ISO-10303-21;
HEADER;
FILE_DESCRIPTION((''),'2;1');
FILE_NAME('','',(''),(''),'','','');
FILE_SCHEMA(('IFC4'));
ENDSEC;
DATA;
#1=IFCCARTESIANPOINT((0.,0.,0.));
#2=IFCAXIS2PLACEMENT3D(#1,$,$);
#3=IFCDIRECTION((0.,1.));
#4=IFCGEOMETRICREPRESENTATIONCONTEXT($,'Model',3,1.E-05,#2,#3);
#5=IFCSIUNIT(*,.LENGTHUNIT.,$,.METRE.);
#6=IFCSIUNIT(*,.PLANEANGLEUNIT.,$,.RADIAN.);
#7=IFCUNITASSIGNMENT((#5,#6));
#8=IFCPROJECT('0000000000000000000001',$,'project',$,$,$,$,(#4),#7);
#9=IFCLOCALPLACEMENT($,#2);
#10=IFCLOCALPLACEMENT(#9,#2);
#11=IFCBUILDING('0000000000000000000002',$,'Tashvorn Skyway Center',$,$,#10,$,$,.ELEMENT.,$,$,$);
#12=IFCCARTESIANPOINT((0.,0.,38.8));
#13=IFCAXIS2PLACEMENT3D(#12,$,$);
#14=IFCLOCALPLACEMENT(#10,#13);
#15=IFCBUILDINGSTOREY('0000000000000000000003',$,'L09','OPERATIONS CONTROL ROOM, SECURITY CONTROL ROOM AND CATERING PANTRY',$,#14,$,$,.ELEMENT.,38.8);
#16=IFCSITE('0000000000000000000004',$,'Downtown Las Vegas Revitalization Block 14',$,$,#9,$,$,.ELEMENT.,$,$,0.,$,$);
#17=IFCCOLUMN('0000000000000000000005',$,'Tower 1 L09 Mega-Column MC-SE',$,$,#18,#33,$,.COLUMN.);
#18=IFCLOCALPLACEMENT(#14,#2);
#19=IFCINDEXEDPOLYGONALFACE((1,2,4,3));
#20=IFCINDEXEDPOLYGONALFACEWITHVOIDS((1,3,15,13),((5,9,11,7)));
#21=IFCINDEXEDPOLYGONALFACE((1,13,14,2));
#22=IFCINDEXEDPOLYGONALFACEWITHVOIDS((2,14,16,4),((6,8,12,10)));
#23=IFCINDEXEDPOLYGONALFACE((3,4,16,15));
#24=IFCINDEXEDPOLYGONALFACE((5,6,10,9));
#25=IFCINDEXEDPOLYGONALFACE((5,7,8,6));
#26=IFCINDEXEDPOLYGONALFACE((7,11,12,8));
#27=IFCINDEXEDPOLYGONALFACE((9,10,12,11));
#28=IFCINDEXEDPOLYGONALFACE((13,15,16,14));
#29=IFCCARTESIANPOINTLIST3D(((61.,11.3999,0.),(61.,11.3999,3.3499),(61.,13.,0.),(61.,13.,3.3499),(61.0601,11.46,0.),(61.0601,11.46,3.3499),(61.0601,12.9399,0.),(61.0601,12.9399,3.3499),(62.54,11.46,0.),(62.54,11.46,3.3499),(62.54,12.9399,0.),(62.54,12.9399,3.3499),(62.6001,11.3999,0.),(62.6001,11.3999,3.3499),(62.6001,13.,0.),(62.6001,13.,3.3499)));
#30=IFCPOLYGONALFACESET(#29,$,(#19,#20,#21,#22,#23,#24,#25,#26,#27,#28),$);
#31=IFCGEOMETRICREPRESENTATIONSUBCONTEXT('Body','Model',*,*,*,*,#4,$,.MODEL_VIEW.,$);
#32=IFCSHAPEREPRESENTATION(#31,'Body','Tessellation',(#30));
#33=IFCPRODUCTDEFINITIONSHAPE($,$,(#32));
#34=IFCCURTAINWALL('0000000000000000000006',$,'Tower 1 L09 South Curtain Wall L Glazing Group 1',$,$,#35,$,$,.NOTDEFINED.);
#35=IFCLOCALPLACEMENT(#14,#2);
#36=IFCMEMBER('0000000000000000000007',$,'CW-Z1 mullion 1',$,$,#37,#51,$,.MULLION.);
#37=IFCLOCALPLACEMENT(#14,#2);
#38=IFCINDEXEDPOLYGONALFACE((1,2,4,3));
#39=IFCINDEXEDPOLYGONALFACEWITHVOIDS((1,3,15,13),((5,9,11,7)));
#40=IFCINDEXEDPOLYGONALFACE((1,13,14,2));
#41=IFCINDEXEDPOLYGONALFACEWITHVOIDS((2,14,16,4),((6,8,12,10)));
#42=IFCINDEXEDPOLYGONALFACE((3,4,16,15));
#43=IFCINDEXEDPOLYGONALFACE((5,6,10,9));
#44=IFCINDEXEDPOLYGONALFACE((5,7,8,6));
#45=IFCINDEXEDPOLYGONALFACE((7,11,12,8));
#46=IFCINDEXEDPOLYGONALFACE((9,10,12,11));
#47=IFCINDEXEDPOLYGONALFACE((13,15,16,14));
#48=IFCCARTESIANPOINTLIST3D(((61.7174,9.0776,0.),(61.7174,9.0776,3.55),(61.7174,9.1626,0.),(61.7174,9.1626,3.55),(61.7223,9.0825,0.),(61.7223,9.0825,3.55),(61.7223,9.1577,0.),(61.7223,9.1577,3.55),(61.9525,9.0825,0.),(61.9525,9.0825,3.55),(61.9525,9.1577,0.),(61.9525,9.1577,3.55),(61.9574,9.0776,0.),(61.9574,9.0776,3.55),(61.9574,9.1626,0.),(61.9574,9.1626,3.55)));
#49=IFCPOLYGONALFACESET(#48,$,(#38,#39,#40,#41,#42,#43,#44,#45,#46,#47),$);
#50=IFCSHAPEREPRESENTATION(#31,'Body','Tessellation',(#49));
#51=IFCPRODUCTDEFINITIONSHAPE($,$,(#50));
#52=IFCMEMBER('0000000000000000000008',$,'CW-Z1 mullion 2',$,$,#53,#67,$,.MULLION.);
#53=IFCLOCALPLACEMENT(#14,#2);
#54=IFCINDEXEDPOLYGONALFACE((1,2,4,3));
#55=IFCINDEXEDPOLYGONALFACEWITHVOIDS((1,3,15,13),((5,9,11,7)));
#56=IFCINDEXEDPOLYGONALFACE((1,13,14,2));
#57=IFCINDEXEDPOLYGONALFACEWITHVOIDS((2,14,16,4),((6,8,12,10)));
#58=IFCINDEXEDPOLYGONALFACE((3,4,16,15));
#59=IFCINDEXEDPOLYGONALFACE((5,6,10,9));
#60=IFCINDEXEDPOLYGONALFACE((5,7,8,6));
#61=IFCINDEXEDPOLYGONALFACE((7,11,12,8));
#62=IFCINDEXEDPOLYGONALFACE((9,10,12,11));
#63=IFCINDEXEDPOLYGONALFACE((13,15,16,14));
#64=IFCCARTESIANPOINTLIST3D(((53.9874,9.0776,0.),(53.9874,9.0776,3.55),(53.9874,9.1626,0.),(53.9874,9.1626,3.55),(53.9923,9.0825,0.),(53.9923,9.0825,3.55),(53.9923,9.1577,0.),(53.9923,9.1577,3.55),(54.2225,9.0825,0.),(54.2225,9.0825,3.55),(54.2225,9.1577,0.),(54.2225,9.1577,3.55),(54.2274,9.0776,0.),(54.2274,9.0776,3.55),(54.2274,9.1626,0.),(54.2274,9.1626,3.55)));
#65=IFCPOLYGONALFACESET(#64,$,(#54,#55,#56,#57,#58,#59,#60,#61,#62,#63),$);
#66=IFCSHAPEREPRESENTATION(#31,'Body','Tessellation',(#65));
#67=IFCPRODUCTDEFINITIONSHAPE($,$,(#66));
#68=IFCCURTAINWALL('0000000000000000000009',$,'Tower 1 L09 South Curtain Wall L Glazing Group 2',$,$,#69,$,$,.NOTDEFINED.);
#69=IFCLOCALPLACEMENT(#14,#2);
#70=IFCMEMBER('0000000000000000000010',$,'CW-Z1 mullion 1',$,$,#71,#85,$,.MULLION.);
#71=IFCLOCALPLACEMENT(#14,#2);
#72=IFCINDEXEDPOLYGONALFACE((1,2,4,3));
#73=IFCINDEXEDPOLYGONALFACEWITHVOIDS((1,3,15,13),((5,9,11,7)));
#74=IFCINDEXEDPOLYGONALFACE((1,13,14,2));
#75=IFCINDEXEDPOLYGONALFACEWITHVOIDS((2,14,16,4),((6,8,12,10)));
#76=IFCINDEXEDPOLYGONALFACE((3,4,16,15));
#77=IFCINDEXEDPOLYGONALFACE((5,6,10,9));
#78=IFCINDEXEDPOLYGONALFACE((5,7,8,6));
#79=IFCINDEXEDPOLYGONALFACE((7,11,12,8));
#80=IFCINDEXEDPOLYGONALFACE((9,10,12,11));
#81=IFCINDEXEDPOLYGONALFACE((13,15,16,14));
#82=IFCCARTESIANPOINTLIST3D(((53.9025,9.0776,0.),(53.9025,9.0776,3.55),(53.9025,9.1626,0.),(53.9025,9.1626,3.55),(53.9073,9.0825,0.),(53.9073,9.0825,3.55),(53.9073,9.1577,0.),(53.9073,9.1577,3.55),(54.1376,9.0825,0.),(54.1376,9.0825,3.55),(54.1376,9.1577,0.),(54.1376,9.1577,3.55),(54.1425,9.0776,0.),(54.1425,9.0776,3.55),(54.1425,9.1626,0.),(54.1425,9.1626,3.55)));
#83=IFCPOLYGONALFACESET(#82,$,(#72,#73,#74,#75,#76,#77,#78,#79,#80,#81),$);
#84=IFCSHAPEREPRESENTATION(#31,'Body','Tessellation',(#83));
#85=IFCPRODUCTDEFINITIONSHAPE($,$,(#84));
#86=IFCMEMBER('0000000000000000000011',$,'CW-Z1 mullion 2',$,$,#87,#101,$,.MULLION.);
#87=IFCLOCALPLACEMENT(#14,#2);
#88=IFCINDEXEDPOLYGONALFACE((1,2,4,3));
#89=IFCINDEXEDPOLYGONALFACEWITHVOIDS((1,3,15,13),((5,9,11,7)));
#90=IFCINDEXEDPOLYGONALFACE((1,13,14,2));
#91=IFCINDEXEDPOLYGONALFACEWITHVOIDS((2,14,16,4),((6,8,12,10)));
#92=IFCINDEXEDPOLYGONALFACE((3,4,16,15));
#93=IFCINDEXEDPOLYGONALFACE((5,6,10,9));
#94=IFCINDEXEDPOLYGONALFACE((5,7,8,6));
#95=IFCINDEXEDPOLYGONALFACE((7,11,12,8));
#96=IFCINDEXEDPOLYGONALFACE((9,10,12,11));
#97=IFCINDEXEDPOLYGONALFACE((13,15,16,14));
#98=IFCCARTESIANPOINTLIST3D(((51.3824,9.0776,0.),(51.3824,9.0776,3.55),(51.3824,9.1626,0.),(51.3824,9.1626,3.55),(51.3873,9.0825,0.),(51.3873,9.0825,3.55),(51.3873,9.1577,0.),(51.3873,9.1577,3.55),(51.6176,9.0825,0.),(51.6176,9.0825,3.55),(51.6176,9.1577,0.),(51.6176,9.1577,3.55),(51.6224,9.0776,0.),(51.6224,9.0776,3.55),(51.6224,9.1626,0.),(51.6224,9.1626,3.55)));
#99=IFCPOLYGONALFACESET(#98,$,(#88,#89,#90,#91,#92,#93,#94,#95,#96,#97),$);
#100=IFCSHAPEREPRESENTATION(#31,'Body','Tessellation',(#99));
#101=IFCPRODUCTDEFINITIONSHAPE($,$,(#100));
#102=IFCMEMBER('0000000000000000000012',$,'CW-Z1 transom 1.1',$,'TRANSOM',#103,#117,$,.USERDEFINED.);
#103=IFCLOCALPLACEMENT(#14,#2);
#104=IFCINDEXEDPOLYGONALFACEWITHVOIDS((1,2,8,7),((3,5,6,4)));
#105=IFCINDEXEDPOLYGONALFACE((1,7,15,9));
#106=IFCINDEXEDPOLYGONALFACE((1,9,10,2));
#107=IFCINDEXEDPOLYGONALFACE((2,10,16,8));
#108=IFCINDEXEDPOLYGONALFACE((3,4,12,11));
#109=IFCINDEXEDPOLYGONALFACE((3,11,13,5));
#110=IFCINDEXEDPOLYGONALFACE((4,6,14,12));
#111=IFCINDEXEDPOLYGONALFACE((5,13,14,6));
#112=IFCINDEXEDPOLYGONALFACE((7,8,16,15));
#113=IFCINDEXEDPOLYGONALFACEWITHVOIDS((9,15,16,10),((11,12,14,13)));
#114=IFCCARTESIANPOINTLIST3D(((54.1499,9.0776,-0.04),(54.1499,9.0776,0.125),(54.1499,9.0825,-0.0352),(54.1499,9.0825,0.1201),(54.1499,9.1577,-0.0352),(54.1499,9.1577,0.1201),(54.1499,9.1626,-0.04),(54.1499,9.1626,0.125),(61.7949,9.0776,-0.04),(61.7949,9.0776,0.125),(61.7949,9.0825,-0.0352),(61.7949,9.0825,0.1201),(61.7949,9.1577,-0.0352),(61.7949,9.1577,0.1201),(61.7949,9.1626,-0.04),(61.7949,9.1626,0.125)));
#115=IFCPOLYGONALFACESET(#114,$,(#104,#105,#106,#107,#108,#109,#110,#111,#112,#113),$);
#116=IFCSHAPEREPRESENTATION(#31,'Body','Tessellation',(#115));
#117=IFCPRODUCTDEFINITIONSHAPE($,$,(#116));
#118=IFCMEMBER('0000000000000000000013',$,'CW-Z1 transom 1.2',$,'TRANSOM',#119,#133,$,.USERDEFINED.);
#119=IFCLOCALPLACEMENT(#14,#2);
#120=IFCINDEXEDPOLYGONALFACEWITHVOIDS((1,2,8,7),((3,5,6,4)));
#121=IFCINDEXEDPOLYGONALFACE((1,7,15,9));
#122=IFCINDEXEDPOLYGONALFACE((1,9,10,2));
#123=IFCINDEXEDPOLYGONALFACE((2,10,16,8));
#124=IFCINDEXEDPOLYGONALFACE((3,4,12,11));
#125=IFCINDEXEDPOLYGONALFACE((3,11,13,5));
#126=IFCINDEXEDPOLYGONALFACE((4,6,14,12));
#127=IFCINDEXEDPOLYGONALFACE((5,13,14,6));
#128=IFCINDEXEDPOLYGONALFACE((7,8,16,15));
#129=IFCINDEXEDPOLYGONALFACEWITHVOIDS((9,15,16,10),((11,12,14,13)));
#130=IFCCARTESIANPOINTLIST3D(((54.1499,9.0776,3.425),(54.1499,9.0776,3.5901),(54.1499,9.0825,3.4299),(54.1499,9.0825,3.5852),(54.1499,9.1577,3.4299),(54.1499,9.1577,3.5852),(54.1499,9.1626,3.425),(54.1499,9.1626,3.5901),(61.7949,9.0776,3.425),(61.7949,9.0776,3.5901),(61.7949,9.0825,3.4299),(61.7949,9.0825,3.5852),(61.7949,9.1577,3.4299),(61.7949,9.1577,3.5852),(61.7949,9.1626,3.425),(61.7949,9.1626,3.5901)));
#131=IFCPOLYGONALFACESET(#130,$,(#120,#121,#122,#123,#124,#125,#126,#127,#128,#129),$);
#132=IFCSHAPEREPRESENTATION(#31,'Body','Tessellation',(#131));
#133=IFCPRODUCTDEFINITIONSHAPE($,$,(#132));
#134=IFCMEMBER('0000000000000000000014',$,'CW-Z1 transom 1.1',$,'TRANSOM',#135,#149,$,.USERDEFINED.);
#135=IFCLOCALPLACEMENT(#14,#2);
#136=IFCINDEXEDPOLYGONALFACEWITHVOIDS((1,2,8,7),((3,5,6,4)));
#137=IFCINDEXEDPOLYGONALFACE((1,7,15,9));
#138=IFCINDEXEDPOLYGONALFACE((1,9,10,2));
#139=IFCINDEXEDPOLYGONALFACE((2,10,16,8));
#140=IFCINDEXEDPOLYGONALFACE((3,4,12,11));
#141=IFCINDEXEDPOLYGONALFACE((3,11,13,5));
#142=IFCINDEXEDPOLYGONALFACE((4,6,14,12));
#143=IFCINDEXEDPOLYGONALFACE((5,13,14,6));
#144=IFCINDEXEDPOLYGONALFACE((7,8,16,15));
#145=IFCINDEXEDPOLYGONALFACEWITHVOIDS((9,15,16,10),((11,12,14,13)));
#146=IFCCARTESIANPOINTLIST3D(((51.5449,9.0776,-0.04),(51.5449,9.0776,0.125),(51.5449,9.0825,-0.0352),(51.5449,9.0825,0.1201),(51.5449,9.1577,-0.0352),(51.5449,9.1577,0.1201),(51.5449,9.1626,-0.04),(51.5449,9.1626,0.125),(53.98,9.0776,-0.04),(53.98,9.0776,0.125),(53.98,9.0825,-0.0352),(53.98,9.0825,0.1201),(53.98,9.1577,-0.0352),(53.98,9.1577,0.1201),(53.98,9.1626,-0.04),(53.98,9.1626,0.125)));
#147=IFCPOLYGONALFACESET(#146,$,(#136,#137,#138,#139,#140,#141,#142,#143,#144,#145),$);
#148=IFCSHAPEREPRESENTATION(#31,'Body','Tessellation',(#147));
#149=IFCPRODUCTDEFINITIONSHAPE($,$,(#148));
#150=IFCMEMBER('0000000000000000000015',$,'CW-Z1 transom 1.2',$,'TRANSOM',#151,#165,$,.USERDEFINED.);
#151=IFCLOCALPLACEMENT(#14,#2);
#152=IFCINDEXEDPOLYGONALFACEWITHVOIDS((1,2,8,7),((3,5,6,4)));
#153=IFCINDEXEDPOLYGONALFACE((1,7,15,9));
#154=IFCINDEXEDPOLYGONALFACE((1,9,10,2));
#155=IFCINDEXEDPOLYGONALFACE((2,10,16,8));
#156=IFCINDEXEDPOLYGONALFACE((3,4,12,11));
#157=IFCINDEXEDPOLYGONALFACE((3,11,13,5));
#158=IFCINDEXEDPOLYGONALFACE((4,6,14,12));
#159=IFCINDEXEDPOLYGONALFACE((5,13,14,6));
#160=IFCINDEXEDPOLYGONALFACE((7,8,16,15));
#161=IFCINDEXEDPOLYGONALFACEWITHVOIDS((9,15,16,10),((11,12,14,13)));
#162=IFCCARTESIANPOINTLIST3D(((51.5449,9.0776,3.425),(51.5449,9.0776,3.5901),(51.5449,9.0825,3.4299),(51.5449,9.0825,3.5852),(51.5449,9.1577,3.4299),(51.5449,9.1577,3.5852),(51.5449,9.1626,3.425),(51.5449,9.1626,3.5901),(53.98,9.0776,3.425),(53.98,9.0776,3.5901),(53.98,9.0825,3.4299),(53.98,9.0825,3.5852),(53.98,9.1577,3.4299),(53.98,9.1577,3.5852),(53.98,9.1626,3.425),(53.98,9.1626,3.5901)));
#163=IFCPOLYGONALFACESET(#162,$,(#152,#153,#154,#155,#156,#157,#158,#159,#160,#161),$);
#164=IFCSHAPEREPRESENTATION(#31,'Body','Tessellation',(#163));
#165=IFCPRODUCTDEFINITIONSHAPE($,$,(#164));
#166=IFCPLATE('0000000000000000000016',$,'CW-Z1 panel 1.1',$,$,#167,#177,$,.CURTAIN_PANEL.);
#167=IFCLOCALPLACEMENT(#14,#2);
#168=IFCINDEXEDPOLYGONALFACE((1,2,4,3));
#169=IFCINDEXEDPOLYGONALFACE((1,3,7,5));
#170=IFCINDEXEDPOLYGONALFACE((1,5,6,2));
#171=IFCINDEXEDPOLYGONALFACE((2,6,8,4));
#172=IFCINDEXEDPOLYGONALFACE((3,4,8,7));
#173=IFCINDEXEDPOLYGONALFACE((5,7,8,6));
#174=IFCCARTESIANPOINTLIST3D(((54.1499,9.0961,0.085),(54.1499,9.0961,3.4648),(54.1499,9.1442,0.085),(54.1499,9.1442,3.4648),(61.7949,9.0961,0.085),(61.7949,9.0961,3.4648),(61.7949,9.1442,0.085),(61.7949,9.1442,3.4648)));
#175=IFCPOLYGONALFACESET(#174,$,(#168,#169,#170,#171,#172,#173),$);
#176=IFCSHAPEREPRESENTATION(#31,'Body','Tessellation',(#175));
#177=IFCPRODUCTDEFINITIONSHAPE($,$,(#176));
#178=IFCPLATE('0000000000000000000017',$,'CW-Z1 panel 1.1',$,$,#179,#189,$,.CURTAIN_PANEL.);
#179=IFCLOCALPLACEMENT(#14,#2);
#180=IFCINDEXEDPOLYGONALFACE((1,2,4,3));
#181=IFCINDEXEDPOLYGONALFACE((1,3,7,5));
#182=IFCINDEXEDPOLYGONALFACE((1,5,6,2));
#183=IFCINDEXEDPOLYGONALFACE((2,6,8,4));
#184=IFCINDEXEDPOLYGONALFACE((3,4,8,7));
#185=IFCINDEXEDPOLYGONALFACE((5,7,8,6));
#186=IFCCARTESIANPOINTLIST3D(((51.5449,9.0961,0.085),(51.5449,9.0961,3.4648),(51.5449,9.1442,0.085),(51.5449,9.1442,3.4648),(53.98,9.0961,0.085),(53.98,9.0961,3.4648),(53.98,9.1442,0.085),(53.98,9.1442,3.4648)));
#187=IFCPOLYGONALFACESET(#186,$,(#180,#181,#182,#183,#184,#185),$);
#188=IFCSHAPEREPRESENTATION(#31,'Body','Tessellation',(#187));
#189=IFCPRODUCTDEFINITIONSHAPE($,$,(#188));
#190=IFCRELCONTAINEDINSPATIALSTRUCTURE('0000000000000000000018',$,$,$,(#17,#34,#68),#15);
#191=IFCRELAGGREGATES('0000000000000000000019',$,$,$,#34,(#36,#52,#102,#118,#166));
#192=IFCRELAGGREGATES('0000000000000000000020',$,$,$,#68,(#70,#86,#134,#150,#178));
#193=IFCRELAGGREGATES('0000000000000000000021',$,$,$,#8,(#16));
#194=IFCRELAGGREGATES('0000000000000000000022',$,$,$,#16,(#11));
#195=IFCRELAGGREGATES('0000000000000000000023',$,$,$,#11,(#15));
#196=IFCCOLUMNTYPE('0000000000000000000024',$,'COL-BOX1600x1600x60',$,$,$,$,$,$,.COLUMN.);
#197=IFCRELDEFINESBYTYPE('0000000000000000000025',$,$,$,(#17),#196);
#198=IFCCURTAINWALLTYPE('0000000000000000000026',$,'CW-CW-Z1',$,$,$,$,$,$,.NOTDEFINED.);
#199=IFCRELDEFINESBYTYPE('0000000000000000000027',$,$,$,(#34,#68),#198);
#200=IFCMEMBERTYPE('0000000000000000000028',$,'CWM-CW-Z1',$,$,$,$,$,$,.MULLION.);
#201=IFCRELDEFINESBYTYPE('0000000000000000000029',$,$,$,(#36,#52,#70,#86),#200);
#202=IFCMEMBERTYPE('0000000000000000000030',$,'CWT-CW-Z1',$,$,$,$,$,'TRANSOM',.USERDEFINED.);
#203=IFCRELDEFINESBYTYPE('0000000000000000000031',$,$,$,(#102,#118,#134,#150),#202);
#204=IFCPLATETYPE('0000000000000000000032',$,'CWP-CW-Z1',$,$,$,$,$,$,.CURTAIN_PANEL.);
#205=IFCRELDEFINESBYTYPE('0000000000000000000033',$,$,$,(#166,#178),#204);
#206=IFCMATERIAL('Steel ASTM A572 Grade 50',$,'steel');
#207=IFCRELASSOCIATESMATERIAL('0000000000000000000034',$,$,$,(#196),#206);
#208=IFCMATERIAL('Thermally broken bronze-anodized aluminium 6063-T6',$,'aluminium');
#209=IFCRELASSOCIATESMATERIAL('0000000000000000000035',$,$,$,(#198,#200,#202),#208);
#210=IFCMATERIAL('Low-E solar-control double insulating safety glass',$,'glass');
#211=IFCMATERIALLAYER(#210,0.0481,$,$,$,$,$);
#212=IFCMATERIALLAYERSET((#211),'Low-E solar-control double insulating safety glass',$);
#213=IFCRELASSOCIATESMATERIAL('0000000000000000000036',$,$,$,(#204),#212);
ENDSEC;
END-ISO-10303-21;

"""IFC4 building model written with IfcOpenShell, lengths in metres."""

from ifc_helpers import new_model, si_unit, direction, frame, origin, origin_2d, place, context, subcontext, project, spatial, rectangle, hollow_rectangle, extrude, material, layer, layer_set, material_profile, profile_set, type_object, element, aggregate, save


model = new_model("IFC4")

# Units and contexts
model_context = context("Model", 3, precision=1e-05, world=origin(), true_north=direction((0.0, 1.0)))
body_context = subcontext(model_context, "Body", "Model", "MODEL_VIEW")
ifc_project = project(units=[si_unit("LENGTHUNIT", "METRE"), si_unit("PLANEANGLEUNIT", "RADIAN")], contexts=[model_context])

# Site, building, storey
site_placement = place(None, origin())
site = spatial("IfcSite", under=ifc_project, at=site_placement, Name="Downtown Las Vegas Revitalization Block 14", CompositionType="ELEMENT", RefElevation=0.0)
building_placement = place(site_placement, origin())
building = spatial("IfcBuilding", under=site, at=building_placement, Name="Tashvorn Skyway Center", CompositionType="ELEMENT")
storey_placement = place(building_placement, frame((0.0, 0.0, 38.8)))
storey = spatial("IfcBuildingStorey", under=building, at=storey_placement, Name="L09", Description="OPERATIONS CONTROL ROOM, SECURITY CONTROL ROOM AND CATERING PANTRY", CompositionType="ELEMENT", Elevation=38.8)

# Column
ifc_material_1 = material(Name="Steel ASTM A572 Grade 50", Category="steel")
ifc_material_profile_1 = material_profile(ifc_material_1, hollow_rectangle(XDim=1.6001, YDim=1.6001, WallThickness=0.0601, at=origin_2d()), Name="BOX1600x1600x60")
ifc_profile_set_1 = profile_set([ifc_material_profile_1], Name="Steel ASTM A572 Grade 50")
column_type = type_object("IfcColumnType", Name="COL-BOX1600x1600x60", PredefinedType="COLUMN", material=ifc_profile_set_1)
column_placement = place(storey_placement, frame((61.8, 12.2, 0.0), z_axis=(0.0, 0.0, 1.0), x_axis=(1.0, 0.0, 0.0)))
element("IfcColumn", 1, at=column_placement, inside=storey, type_object=column_type, Name="Tower 1 L09 Mega-Column MC-SE", PredefinedType="COLUMN", context=body_context, shape_type="SweptSolid", body=[
    extrude(hollow_rectangle(XDim=1.6001, YDim=1.6001, WallThickness=0.0601, at=origin_2d()), origin(), (0.0, 0.0, 1.0), 3.3499),
])

# Curtain walls, members
ifc_material_2 = material(Name="Thermally broken bronze-anodized aluminium 6063-T6", Category="aluminium")
curtain_wall_type = type_object("IfcCurtainWallType", Name="CW-CW-Z1", PredefinedType="NOTDEFINED", material=ifc_material_2)
curtain_wall_1_placement = place(storey_placement, origin())
curtain_wall_1 = element("IfcCurtainWall", 2, at=curtain_wall_1_placement, inside=storey, type_object=curtain_wall_type, Name="Tower 1 L09 South Curtain Wall L Glazing Group 1", PredefinedType="NOTDEFINED")
ifc_material_profile_2 = material_profile(ifc_material_2, hollow_rectangle(XDim=0.085, YDim=0.24, WallThickness=0.0049, at=origin_2d()), Name="ALU-MULL-85x240")
ifc_profile_set_2 = profile_set([ifc_material_profile_2], Name="Thermally broken bronze-anodized aluminium 6063-T6")
member_type_1 = type_object("IfcMemberType", Name="CWM-CW-Z1", PredefinedType="MULLION", material=ifc_profile_set_2)
member_1_placement = place(storey_placement, frame((61.8374, 9.1201, 0.0), z_axis=(0.0, 0.0, 1.0), x_axis=(0.0, -1.0, 0.0)))
member_1 = element("IfcMember", 3, at=member_1_placement, type_object=member_type_1, Name="CW-Z1 mullion 1", PredefinedType="MULLION", context=body_context, shape_type="SweptSolid", body=[
    extrude(hollow_rectangle(XDim=0.085, YDim=0.24, WallThickness=0.0049, at=origin_2d()), origin(), (0.0, 0.0, 1.0), 3.55),
])
member_2_placement = place(storey_placement, frame((54.1074, 9.1201, 0.0), z_axis=(0.0, 0.0, 1.0), x_axis=(0.0, -1.0, 0.0)))
member_2 = element("IfcMember", 4, at=member_2_placement, type_object=member_type_1, Name="CW-Z1 mullion 2", PredefinedType="MULLION", context=body_context, shape_type="SweptSolid", body=[
    extrude(hollow_rectangle(XDim=0.085, YDim=0.24, WallThickness=0.0049, at=origin_2d()), origin(), (0.0, 0.0, 1.0), 3.55),
])
curtain_wall_2_placement = place(storey_placement, origin())
curtain_wall_2 = element("IfcCurtainWall", 5, at=curtain_wall_2_placement, inside=storey, type_object=curtain_wall_type, Name="Tower 1 L09 South Curtain Wall L Glazing Group 2", PredefinedType="NOTDEFINED")
member_3_placement = place(storey_placement, frame((54.0225, 9.1201, 0.0), z_axis=(0.0, 0.0, 1.0), x_axis=(0.0, -1.0, 0.0)))
member_3 = element("IfcMember", 6, at=member_3_placement, type_object=member_type_1, Name="CW-Z1 mullion 1", PredefinedType="MULLION", context=body_context, shape_type="SweptSolid", body=[
    extrude(hollow_rectangle(XDim=0.085, YDim=0.24, WallThickness=0.0049, at=origin_2d()), origin(), (0.0, 0.0, 1.0), 3.55),
])
member_4_placement = place(storey_placement, frame((51.5024, 9.1201, 0.0), z_axis=(0.0, 0.0, 1.0), x_axis=(0.0, -1.0, 0.0)))
member_4 = element("IfcMember", 7, at=member_4_placement, type_object=member_type_1, Name="CW-Z1 mullion 2", PredefinedType="MULLION", context=body_context, shape_type="SweptSolid", body=[
    extrude(hollow_rectangle(XDim=0.085, YDim=0.24, WallThickness=0.0049, at=origin_2d()), origin(), (0.0, 0.0, 1.0), 3.55),
])

# Members
ifc_material_profile_3 = material_profile(ifc_material_2, hollow_rectangle(XDim=0.085, YDim=0.165, WallThickness=0.0049, at=origin_2d()), Name="ALU-TRAN-85x165")
ifc_profile_set_3 = profile_set([ifc_material_profile_3], Name="Thermally broken bronze-anodized aluminium 6063-T6")
member_type_2 = type_object("IfcMemberType", Name="CWT-CW-Z1", ElementType="TRANSOM", PredefinedType="USERDEFINED", material=ifc_profile_set_3)
member_5_placement = place(storey_placement, frame((61.7949, 9.1201, 0.0425), z_axis=(-1.0, 0.0, 0.0), x_axis=(0.0, -1.0, 0.0)))
member_5 = element("IfcMember", 8, at=member_5_placement, type_object=member_type_2, Name="CW-Z1 transom 1.1", ObjectType="TRANSOM", PredefinedType="USERDEFINED", context=body_context, shape_type="SweptSolid", body=[
    extrude(hollow_rectangle(XDim=0.085, YDim=0.165, WallThickness=0.0049, at=origin_2d()), origin(), (0.0, 0.0, 1.0), 7.645),
])
member_6_placement = place(storey_placement, frame((61.7949, 9.1201, 3.5076), z_axis=(-1.0, 0.0, 0.0), x_axis=(0.0, -1.0, 0.0)))
member_6 = element("IfcMember", 9, at=member_6_placement, type_object=member_type_2, Name="CW-Z1 transom 1.2", ObjectType="TRANSOM", PredefinedType="USERDEFINED", context=body_context, shape_type="SweptSolid", body=[
    extrude(hollow_rectangle(XDim=0.085, YDim=0.165, WallThickness=0.0049, at=origin_2d()), origin(), (0.0, 0.0, 1.0), 7.645),
])
member_7_placement = place(storey_placement, frame((53.98, 9.1201, 0.0425), z_axis=(-1.0, 0.0, 0.0), x_axis=(0.0, -1.0, 0.0)))
member_7 = element("IfcMember", 10, at=member_7_placement, type_object=member_type_2, Name="CW-Z1 transom 1.1", ObjectType="TRANSOM", PredefinedType="USERDEFINED", context=body_context, shape_type="SweptSolid", body=[
    extrude(hollow_rectangle(XDim=0.085, YDim=0.165, WallThickness=0.0049, at=origin_2d()), origin(), (0.0, 0.0, 1.0), 2.4351),
])
member_8_placement = place(storey_placement, frame((53.98, 9.1201, 3.5076), z_axis=(-1.0, 0.0, 0.0), x_axis=(0.0, -1.0, 0.0)))
member_8 = element("IfcMember", 11, at=member_8_placement, type_object=member_type_2, Name="CW-Z1 transom 1.2", ObjectType="TRANSOM", PredefinedType="USERDEFINED", context=body_context, shape_type="SweptSolid", body=[
    extrude(hollow_rectangle(XDim=0.085, YDim=0.165, WallThickness=0.0049, at=origin_2d()), origin(), (0.0, 0.0, 1.0), 2.4351),
])

# Plates
ifc_material_3 = material(Name="Low-E solar-control double insulating safety glass", Category="glass")
ifc_layer_1 = layer(ifc_material_3, 0.0481)
ifc_layer_set_1 = layer_set([ifc_layer_1], Name="Low-E solar-control double insulating safety glass")
plate_type = type_object("IfcPlateType", Name="CWP-CW-Z1", PredefinedType="CURTAIN_PANEL", material=ifc_layer_set_1)
plate_1_placement = place(storey_placement, frame((57.9724, 9.1201, 0.085), z_axis=(0.0, 0.0, 1.0), x_axis=(-1.0, 0.0, 0.0)))
plate_1 = element("IfcPlate", 12, at=plate_1_placement, type_object=plate_type, Name="CW-Z1 panel 1.1", PredefinedType="CURTAIN_PANEL", context=body_context, shape_type="SweptSolid", body=[
    extrude(rectangle(XDim=7.645, YDim=0.0481, at=origin_2d()), origin(), (0.0, 0.0, 1.0), 3.3799),
])
aggregate(curtain_wall_1, [member_1, member_2, member_5, member_6, plate_1])
plate_2_placement = place(storey_placement, frame((52.7625, 9.1201, 0.085), z_axis=(0.0, 0.0, 1.0), x_axis=(-1.0, 0.0, 0.0)))
plate_2 = element("IfcPlate", 13, at=plate_2_placement, type_object=plate_type, Name="CW-Z1 panel 1.1", PredefinedType="CURTAIN_PANEL", context=body_context, shape_type="SweptSolid", body=[
    extrude(rectangle(XDim=2.4351, YDim=0.0481, at=origin_2d()), origin(), (0.0, 0.0, 1.0), 3.3799),
])
aggregate(curtain_wall_2, [member_3, member_4, member_7, member_8, plate_2])

save(model, "model.ifc")
